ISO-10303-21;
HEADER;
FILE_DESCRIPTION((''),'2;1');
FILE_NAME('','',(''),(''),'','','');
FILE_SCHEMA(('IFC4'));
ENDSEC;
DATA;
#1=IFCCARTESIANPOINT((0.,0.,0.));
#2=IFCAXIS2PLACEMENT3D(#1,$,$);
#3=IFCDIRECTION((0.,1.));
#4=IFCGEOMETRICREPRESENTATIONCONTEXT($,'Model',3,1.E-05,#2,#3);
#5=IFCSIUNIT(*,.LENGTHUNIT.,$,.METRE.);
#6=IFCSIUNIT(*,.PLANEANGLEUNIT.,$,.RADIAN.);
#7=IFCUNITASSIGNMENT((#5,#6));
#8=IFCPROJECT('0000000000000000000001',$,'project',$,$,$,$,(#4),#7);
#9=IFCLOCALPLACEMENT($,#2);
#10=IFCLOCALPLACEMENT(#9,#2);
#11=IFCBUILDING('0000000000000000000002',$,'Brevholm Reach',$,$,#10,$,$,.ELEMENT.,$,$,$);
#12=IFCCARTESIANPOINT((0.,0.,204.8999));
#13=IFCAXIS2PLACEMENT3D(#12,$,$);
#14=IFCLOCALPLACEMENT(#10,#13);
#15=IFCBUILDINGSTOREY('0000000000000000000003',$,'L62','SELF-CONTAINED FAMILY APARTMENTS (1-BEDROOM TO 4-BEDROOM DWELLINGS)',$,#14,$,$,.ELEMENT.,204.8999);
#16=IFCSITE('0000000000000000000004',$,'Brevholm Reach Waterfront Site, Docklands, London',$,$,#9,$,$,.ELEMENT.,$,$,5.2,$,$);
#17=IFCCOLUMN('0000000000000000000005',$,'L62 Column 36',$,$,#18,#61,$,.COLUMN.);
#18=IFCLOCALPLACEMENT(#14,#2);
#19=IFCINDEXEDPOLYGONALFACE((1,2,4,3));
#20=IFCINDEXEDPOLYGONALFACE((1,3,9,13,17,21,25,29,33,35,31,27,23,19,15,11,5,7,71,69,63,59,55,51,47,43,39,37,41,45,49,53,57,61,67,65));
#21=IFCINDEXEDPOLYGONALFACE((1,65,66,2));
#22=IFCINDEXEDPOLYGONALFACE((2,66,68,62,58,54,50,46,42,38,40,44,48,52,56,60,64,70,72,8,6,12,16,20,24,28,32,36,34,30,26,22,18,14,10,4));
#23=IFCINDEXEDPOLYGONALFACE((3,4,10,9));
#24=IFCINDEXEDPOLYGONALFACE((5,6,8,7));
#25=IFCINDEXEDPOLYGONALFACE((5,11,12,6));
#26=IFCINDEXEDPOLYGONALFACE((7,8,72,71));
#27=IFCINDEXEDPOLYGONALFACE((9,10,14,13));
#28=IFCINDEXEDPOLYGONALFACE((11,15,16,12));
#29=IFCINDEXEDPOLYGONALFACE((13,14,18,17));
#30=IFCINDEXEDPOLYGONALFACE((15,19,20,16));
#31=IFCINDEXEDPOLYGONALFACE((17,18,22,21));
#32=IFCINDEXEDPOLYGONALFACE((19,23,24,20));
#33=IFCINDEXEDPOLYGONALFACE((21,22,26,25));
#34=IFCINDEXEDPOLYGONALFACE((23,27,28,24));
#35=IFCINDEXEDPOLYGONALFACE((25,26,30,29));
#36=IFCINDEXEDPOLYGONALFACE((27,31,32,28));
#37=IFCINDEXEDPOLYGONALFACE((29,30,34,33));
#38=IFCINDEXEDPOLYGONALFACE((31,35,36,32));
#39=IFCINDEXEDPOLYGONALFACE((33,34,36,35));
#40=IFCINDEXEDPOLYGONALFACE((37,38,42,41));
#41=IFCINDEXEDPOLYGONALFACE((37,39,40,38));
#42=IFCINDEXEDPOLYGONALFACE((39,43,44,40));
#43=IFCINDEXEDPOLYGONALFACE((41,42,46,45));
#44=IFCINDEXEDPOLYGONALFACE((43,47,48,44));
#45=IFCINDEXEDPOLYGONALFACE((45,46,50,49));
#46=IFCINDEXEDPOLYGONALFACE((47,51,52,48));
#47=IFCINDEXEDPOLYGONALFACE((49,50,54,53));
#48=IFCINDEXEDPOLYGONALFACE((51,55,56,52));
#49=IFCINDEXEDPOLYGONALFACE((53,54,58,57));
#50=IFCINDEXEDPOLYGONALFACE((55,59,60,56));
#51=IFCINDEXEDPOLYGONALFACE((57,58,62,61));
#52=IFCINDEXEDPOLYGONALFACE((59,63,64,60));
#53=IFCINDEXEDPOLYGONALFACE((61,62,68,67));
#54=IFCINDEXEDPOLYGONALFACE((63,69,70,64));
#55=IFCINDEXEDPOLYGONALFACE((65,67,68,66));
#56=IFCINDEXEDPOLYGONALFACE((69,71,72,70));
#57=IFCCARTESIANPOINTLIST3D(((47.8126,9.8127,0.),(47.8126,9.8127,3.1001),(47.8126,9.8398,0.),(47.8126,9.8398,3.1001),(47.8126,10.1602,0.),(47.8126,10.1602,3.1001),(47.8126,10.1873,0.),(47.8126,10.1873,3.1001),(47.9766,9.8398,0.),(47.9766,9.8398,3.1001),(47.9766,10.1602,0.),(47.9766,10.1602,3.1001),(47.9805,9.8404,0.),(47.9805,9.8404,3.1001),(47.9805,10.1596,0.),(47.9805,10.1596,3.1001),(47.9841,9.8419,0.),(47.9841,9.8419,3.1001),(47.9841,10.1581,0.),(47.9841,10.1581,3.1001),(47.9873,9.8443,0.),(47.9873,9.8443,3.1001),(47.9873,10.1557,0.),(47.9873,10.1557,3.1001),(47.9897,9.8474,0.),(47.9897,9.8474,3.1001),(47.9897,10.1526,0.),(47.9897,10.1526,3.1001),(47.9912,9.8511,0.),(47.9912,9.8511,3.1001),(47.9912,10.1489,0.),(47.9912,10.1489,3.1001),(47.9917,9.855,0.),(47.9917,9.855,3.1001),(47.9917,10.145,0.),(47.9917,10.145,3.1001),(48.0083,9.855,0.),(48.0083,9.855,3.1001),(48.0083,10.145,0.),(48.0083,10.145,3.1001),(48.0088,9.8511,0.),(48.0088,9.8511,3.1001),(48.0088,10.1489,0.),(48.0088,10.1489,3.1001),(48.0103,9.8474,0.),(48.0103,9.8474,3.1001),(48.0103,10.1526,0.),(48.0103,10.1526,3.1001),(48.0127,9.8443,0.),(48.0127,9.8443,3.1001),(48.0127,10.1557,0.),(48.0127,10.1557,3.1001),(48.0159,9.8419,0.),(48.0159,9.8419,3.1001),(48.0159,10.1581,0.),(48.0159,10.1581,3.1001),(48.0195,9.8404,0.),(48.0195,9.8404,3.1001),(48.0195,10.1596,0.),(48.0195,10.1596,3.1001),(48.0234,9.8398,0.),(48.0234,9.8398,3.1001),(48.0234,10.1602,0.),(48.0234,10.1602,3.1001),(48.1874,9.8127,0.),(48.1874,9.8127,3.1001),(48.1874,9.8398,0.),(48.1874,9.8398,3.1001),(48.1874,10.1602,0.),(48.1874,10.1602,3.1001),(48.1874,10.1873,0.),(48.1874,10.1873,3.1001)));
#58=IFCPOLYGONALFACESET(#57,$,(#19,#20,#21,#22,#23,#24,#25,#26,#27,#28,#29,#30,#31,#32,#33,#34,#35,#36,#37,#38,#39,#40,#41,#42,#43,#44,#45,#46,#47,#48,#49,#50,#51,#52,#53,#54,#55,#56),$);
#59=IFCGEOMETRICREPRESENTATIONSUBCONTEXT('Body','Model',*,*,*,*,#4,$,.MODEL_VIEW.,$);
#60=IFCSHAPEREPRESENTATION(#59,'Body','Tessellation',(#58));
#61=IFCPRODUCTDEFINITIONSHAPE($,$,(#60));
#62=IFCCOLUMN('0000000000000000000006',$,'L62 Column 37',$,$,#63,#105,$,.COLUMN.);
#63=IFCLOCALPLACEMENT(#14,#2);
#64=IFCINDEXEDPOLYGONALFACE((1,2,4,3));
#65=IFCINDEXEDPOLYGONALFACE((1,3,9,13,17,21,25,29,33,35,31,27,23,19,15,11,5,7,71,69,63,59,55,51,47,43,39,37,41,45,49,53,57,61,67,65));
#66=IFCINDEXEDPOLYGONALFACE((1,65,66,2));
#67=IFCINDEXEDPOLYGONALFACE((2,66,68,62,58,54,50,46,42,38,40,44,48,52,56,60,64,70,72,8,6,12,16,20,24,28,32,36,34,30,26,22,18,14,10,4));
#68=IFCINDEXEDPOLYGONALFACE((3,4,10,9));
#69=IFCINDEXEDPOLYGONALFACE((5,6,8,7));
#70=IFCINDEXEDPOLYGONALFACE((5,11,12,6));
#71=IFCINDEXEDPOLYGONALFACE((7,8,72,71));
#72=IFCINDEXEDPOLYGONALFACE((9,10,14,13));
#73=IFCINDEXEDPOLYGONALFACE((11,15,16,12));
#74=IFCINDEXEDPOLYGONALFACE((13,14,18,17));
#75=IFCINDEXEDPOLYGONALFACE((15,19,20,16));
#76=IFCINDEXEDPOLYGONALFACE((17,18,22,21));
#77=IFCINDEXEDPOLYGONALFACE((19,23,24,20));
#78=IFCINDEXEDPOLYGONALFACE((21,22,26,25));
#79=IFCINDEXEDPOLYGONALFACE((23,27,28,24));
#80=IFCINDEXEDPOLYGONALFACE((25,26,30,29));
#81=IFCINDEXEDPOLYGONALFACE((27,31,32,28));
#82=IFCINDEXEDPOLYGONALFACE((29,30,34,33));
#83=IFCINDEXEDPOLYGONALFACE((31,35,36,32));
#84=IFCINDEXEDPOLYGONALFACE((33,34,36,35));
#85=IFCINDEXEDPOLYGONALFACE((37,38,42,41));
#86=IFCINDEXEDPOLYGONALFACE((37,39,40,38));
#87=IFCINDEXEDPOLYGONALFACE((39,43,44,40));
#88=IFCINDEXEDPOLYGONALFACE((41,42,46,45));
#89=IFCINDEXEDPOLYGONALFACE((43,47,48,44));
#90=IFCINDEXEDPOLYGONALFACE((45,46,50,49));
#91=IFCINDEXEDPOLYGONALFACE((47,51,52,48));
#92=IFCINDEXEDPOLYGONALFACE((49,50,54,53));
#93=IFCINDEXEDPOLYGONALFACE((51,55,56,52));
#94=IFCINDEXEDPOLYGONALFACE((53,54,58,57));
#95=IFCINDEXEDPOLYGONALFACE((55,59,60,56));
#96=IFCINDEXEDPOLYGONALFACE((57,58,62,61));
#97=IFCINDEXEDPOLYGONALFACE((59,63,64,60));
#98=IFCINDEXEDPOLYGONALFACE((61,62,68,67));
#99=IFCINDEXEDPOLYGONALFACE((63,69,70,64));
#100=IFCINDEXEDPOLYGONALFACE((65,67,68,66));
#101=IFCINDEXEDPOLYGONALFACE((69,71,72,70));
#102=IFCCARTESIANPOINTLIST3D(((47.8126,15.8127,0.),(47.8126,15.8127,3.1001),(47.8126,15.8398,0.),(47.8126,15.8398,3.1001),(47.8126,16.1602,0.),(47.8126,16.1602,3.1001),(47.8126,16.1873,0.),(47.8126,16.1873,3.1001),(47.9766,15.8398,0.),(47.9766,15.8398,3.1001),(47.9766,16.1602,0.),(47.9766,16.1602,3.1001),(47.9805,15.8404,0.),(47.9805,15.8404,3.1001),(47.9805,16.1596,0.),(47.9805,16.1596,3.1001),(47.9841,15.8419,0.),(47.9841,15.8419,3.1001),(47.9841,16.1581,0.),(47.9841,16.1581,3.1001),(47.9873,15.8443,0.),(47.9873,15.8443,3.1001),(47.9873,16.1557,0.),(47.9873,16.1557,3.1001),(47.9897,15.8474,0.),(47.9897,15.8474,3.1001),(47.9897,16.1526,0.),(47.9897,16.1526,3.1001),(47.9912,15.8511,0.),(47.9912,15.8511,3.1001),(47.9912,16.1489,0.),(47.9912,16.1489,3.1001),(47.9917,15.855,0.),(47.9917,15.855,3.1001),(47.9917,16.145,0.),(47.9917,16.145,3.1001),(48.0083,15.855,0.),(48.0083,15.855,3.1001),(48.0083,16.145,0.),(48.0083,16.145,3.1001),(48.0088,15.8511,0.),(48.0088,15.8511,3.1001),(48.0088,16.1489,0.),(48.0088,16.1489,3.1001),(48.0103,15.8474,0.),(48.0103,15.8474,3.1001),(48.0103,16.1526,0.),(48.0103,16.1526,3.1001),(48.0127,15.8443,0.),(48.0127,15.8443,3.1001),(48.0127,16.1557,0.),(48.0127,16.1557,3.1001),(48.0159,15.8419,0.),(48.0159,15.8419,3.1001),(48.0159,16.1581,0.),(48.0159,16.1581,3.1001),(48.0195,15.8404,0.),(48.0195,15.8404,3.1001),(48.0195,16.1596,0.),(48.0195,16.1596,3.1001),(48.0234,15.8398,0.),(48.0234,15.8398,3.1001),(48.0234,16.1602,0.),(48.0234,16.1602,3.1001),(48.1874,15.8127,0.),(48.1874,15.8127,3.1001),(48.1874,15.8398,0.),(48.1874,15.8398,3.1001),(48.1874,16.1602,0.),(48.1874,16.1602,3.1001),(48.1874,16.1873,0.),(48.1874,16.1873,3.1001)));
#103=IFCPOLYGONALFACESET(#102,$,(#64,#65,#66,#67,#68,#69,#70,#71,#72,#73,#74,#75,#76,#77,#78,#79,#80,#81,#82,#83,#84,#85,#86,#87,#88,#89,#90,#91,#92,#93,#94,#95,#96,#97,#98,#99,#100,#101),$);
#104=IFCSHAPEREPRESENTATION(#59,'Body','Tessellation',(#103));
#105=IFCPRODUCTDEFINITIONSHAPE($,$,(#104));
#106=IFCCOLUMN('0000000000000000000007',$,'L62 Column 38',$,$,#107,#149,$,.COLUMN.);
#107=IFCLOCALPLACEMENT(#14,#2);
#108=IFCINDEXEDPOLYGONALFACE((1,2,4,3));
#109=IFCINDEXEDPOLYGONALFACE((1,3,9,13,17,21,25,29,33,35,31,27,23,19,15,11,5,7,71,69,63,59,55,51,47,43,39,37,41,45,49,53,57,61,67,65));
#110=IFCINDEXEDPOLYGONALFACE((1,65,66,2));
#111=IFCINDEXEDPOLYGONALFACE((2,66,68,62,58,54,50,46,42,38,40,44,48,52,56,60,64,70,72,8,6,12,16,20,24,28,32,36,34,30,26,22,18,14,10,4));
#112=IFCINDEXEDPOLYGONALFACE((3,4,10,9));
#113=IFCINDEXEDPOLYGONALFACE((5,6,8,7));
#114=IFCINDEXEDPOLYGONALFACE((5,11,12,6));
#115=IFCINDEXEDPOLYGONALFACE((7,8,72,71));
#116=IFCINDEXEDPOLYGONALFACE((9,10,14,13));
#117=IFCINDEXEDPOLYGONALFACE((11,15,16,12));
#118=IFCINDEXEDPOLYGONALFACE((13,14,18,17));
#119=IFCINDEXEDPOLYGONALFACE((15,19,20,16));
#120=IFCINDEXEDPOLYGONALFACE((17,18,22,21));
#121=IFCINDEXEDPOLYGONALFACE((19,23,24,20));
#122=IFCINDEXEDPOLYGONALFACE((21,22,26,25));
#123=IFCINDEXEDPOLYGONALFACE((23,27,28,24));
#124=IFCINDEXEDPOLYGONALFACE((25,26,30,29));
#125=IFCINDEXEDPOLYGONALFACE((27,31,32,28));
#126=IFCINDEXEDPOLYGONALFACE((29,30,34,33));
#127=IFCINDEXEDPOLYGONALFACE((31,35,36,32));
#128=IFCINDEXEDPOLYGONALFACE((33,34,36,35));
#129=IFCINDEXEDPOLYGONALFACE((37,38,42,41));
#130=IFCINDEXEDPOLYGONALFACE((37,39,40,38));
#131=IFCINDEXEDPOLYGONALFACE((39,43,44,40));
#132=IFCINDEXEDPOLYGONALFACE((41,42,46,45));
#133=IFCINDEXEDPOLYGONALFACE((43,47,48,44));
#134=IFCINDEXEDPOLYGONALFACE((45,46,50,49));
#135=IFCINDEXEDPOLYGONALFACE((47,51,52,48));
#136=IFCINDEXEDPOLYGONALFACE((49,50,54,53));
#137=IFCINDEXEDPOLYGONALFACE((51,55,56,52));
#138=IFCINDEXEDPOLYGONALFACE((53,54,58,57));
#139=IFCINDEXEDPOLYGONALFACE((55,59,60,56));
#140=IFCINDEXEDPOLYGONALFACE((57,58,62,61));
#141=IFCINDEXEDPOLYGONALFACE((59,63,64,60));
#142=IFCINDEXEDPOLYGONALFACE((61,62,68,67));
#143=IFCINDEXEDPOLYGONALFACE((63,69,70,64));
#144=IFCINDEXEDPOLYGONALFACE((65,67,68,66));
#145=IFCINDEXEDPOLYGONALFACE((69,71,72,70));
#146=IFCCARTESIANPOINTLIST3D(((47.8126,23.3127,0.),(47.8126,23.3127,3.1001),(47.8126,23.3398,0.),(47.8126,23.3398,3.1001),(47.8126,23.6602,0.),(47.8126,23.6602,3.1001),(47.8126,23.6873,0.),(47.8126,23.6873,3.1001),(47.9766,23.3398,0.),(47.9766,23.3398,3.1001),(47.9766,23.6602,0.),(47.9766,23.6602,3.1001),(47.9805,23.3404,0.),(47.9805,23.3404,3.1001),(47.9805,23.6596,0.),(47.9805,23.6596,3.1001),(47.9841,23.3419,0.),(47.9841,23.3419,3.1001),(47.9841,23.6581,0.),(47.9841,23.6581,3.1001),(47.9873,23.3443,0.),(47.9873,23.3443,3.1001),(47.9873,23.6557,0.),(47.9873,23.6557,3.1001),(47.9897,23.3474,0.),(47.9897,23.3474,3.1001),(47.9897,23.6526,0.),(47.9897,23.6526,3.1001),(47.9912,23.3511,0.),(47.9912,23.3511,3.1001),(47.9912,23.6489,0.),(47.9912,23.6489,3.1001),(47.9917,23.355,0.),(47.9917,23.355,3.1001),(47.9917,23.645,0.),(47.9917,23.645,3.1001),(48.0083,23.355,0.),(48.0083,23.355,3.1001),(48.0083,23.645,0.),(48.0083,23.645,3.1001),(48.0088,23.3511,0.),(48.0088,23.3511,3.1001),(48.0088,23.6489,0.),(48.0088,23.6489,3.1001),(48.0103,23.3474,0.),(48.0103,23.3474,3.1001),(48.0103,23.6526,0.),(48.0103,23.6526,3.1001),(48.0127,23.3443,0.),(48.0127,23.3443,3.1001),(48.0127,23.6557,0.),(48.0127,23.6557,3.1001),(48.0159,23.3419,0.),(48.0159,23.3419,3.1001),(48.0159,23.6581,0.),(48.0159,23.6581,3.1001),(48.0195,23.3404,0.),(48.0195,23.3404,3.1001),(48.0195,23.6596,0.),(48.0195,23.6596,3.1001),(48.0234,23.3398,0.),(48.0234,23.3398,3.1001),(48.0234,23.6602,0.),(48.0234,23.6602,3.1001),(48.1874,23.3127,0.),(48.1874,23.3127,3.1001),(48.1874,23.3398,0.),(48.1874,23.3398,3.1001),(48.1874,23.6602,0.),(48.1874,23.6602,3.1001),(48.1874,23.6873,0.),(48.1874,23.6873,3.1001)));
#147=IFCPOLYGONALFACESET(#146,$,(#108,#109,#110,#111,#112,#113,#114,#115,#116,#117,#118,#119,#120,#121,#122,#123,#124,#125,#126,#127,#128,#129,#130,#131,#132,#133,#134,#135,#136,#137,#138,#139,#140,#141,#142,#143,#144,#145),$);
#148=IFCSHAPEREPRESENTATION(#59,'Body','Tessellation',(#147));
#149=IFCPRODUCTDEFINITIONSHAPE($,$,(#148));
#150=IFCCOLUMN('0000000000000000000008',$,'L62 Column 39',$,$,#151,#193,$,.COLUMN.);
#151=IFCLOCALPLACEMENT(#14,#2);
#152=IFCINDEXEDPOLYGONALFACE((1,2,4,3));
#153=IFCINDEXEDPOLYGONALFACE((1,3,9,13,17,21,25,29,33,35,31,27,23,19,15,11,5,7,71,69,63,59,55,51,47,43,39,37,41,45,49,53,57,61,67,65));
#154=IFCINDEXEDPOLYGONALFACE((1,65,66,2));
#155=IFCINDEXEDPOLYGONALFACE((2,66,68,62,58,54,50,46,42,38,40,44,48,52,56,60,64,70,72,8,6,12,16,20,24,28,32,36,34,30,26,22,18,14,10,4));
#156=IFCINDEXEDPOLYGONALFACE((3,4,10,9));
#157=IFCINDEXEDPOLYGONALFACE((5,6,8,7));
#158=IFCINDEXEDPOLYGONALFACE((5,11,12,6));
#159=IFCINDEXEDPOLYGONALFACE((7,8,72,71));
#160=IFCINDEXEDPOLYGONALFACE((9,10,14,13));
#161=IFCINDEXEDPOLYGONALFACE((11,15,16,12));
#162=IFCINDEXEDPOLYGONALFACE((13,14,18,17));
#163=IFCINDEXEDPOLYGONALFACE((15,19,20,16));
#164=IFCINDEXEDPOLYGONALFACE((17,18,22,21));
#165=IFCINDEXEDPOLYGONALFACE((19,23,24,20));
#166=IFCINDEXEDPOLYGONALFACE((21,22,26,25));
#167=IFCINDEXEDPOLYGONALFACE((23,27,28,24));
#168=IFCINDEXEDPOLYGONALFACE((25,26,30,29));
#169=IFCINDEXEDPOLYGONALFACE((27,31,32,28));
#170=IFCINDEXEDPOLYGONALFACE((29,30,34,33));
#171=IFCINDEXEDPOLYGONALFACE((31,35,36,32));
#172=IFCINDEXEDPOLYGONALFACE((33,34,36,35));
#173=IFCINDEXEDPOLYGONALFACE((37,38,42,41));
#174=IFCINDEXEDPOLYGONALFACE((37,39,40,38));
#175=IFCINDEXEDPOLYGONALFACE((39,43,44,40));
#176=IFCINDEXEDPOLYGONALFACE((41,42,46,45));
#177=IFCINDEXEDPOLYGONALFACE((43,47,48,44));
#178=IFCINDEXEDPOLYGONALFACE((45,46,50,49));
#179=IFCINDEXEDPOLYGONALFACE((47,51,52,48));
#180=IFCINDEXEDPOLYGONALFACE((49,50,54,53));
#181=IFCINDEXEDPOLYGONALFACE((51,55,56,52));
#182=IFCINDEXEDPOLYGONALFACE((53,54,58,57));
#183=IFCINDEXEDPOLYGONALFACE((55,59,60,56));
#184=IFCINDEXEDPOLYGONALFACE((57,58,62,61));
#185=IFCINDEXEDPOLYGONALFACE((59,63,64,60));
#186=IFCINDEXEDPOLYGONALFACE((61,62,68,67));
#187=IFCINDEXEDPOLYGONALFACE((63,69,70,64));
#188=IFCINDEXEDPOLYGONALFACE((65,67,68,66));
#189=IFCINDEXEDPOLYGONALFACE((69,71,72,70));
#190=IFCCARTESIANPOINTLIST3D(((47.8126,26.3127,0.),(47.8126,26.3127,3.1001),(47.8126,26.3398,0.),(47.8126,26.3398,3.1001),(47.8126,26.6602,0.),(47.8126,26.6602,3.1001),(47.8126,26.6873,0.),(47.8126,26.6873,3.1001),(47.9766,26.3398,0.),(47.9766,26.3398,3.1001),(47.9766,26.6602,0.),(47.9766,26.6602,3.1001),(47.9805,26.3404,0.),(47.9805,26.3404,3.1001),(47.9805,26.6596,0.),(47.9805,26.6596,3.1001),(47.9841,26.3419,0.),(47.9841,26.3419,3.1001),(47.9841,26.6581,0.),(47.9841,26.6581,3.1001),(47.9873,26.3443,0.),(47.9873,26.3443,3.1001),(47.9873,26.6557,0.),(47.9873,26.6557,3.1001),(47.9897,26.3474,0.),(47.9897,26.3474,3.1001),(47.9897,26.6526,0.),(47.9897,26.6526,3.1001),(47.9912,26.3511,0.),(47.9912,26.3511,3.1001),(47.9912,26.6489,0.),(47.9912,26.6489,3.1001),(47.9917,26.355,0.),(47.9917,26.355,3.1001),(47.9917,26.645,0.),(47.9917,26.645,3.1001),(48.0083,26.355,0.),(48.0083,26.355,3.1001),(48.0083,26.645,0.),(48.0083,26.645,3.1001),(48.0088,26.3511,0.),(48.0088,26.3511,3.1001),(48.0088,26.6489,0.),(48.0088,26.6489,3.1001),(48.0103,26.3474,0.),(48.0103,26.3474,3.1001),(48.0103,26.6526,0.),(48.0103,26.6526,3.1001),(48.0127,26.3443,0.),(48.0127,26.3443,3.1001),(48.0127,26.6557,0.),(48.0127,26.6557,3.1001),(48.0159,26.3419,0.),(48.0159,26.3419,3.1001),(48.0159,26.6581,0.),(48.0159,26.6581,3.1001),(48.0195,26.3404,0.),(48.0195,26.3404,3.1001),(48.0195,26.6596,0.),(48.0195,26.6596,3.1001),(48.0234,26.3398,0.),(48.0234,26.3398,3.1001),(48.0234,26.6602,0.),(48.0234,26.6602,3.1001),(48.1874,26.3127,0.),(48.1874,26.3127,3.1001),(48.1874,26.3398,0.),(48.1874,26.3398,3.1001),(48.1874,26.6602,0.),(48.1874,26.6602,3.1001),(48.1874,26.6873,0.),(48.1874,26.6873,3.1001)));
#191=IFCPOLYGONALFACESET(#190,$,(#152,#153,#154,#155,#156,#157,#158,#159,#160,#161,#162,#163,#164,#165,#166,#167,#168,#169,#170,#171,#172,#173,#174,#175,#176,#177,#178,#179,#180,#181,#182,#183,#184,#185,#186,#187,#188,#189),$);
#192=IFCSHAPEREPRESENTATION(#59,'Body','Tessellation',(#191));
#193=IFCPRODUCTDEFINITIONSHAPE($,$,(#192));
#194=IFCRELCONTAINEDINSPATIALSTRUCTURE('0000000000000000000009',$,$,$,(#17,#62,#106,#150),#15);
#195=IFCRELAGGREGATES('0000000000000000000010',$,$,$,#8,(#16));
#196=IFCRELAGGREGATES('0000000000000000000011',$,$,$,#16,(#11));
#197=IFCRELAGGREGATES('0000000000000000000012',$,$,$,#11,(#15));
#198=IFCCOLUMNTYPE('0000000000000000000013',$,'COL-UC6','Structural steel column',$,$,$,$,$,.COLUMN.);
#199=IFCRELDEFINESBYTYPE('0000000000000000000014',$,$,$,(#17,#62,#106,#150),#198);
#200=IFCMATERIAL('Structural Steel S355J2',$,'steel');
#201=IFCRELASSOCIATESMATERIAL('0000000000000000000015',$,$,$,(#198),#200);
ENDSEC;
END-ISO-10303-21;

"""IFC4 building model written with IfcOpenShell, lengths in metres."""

from ifc_helpers import new_model, si_unit, direction, frame, origin, origin_2d, place, context, subcontext, project, spatial, i_section, extrude, material, material_profile, profile_set, type_object, element, save


model = new_model("IFC4")

# Units and contexts
model_context = context("Model", 3, precision=1e-05, world=origin(), true_north=direction((0.0, 1.0)))
body_context = subcontext(model_context, "Body", "Model", "MODEL_VIEW")
ifc_project = project(units=[si_unit("LENGTHUNIT", "METRE"), si_unit("PLANEANGLEUNIT", "RADIAN")], contexts=[model_context])

# Site, building, storey
site_placement = place(None, origin())
site = spatial("IfcSite", under=ifc_project, at=site_placement, Name="Brevholm Reach Waterfront Site, Docklands, London", CompositionType="ELEMENT", RefElevation=5.2)
building_placement = place(site_placement, origin())
building = spatial("IfcBuilding", under=site, at=building_placement, Name="Brevholm Reach", CompositionType="ELEMENT")
storey_placement = place(building_placement, frame((0.0, 0.0, 204.8999)))
storey = spatial("IfcBuildingStorey", under=building, at=storey_placement, Name="L62", Description="SELF-CONTAINED FAMILY APARTMENTS (1-BEDROOM TO 4-BEDROOM DWELLINGS)", CompositionType="ELEMENT", Elevation=204.8999)

# Columns
ifc_material_1 = material(Name="Structural Steel S355J2", Category="steel")
ifc_material_profile_1 = material_profile(ifc_material_1, i_section(OverallWidth=0.3748, OverallDepth=0.3745, WebThickness=0.0166, FlangeThickness=0.0271, FilletRadius=0.0151, at=origin_2d()), Name="UKC 356x368x202")
ifc_profile_set_1 = profile_set([ifc_material_profile_1], Name="Structural Steel S355J2")
column_type = type_object("IfcColumnType", Name="COL-UC6", Description="Structural steel column", PredefinedType="COLUMN", material=ifc_profile_set_1)
for number, where, z_axis, x_axis, name in (
    (1, (48.0, 10.0, 0.0), (0.0, 0.0, 1.0), (1.0, 0.0, 0.0), "L62 Column 36"),
    (2, (48.0, 16.0, 0.0), (0.0, 0.0, 1.0), (1.0, 0.0, 0.0), "L62 Column 37"),
    (3, (48.0, 23.5, 0.0), (0.0, 0.0, 1.0), (1.0, 0.0, 0.0), "L62 Column 38"),
    (4, (48.0, 26.5, 0.0), (0.0, 0.0, 1.0), (1.0, 0.0, 0.0), "L62 Column 39"),
):
    element("IfcColumn", number, at=place(storey_placement, frame(where, z_axis=z_axis, x_axis=x_axis)), inside=storey, type_object=column_type, Name=name, PredefinedType="COLUMN", context=body_context, shape_type="SweptSolid", body=[
        extrude(i_section(OverallWidth=0.3748, OverallDepth=0.3745, WebThickness=0.0166, FlangeThickness=0.0271, FilletRadius=0.0151, at=origin_2d()), origin(), (0.0, 0.0, 1.0), 3.1001),
    ])

save(model, "model.ifc")
